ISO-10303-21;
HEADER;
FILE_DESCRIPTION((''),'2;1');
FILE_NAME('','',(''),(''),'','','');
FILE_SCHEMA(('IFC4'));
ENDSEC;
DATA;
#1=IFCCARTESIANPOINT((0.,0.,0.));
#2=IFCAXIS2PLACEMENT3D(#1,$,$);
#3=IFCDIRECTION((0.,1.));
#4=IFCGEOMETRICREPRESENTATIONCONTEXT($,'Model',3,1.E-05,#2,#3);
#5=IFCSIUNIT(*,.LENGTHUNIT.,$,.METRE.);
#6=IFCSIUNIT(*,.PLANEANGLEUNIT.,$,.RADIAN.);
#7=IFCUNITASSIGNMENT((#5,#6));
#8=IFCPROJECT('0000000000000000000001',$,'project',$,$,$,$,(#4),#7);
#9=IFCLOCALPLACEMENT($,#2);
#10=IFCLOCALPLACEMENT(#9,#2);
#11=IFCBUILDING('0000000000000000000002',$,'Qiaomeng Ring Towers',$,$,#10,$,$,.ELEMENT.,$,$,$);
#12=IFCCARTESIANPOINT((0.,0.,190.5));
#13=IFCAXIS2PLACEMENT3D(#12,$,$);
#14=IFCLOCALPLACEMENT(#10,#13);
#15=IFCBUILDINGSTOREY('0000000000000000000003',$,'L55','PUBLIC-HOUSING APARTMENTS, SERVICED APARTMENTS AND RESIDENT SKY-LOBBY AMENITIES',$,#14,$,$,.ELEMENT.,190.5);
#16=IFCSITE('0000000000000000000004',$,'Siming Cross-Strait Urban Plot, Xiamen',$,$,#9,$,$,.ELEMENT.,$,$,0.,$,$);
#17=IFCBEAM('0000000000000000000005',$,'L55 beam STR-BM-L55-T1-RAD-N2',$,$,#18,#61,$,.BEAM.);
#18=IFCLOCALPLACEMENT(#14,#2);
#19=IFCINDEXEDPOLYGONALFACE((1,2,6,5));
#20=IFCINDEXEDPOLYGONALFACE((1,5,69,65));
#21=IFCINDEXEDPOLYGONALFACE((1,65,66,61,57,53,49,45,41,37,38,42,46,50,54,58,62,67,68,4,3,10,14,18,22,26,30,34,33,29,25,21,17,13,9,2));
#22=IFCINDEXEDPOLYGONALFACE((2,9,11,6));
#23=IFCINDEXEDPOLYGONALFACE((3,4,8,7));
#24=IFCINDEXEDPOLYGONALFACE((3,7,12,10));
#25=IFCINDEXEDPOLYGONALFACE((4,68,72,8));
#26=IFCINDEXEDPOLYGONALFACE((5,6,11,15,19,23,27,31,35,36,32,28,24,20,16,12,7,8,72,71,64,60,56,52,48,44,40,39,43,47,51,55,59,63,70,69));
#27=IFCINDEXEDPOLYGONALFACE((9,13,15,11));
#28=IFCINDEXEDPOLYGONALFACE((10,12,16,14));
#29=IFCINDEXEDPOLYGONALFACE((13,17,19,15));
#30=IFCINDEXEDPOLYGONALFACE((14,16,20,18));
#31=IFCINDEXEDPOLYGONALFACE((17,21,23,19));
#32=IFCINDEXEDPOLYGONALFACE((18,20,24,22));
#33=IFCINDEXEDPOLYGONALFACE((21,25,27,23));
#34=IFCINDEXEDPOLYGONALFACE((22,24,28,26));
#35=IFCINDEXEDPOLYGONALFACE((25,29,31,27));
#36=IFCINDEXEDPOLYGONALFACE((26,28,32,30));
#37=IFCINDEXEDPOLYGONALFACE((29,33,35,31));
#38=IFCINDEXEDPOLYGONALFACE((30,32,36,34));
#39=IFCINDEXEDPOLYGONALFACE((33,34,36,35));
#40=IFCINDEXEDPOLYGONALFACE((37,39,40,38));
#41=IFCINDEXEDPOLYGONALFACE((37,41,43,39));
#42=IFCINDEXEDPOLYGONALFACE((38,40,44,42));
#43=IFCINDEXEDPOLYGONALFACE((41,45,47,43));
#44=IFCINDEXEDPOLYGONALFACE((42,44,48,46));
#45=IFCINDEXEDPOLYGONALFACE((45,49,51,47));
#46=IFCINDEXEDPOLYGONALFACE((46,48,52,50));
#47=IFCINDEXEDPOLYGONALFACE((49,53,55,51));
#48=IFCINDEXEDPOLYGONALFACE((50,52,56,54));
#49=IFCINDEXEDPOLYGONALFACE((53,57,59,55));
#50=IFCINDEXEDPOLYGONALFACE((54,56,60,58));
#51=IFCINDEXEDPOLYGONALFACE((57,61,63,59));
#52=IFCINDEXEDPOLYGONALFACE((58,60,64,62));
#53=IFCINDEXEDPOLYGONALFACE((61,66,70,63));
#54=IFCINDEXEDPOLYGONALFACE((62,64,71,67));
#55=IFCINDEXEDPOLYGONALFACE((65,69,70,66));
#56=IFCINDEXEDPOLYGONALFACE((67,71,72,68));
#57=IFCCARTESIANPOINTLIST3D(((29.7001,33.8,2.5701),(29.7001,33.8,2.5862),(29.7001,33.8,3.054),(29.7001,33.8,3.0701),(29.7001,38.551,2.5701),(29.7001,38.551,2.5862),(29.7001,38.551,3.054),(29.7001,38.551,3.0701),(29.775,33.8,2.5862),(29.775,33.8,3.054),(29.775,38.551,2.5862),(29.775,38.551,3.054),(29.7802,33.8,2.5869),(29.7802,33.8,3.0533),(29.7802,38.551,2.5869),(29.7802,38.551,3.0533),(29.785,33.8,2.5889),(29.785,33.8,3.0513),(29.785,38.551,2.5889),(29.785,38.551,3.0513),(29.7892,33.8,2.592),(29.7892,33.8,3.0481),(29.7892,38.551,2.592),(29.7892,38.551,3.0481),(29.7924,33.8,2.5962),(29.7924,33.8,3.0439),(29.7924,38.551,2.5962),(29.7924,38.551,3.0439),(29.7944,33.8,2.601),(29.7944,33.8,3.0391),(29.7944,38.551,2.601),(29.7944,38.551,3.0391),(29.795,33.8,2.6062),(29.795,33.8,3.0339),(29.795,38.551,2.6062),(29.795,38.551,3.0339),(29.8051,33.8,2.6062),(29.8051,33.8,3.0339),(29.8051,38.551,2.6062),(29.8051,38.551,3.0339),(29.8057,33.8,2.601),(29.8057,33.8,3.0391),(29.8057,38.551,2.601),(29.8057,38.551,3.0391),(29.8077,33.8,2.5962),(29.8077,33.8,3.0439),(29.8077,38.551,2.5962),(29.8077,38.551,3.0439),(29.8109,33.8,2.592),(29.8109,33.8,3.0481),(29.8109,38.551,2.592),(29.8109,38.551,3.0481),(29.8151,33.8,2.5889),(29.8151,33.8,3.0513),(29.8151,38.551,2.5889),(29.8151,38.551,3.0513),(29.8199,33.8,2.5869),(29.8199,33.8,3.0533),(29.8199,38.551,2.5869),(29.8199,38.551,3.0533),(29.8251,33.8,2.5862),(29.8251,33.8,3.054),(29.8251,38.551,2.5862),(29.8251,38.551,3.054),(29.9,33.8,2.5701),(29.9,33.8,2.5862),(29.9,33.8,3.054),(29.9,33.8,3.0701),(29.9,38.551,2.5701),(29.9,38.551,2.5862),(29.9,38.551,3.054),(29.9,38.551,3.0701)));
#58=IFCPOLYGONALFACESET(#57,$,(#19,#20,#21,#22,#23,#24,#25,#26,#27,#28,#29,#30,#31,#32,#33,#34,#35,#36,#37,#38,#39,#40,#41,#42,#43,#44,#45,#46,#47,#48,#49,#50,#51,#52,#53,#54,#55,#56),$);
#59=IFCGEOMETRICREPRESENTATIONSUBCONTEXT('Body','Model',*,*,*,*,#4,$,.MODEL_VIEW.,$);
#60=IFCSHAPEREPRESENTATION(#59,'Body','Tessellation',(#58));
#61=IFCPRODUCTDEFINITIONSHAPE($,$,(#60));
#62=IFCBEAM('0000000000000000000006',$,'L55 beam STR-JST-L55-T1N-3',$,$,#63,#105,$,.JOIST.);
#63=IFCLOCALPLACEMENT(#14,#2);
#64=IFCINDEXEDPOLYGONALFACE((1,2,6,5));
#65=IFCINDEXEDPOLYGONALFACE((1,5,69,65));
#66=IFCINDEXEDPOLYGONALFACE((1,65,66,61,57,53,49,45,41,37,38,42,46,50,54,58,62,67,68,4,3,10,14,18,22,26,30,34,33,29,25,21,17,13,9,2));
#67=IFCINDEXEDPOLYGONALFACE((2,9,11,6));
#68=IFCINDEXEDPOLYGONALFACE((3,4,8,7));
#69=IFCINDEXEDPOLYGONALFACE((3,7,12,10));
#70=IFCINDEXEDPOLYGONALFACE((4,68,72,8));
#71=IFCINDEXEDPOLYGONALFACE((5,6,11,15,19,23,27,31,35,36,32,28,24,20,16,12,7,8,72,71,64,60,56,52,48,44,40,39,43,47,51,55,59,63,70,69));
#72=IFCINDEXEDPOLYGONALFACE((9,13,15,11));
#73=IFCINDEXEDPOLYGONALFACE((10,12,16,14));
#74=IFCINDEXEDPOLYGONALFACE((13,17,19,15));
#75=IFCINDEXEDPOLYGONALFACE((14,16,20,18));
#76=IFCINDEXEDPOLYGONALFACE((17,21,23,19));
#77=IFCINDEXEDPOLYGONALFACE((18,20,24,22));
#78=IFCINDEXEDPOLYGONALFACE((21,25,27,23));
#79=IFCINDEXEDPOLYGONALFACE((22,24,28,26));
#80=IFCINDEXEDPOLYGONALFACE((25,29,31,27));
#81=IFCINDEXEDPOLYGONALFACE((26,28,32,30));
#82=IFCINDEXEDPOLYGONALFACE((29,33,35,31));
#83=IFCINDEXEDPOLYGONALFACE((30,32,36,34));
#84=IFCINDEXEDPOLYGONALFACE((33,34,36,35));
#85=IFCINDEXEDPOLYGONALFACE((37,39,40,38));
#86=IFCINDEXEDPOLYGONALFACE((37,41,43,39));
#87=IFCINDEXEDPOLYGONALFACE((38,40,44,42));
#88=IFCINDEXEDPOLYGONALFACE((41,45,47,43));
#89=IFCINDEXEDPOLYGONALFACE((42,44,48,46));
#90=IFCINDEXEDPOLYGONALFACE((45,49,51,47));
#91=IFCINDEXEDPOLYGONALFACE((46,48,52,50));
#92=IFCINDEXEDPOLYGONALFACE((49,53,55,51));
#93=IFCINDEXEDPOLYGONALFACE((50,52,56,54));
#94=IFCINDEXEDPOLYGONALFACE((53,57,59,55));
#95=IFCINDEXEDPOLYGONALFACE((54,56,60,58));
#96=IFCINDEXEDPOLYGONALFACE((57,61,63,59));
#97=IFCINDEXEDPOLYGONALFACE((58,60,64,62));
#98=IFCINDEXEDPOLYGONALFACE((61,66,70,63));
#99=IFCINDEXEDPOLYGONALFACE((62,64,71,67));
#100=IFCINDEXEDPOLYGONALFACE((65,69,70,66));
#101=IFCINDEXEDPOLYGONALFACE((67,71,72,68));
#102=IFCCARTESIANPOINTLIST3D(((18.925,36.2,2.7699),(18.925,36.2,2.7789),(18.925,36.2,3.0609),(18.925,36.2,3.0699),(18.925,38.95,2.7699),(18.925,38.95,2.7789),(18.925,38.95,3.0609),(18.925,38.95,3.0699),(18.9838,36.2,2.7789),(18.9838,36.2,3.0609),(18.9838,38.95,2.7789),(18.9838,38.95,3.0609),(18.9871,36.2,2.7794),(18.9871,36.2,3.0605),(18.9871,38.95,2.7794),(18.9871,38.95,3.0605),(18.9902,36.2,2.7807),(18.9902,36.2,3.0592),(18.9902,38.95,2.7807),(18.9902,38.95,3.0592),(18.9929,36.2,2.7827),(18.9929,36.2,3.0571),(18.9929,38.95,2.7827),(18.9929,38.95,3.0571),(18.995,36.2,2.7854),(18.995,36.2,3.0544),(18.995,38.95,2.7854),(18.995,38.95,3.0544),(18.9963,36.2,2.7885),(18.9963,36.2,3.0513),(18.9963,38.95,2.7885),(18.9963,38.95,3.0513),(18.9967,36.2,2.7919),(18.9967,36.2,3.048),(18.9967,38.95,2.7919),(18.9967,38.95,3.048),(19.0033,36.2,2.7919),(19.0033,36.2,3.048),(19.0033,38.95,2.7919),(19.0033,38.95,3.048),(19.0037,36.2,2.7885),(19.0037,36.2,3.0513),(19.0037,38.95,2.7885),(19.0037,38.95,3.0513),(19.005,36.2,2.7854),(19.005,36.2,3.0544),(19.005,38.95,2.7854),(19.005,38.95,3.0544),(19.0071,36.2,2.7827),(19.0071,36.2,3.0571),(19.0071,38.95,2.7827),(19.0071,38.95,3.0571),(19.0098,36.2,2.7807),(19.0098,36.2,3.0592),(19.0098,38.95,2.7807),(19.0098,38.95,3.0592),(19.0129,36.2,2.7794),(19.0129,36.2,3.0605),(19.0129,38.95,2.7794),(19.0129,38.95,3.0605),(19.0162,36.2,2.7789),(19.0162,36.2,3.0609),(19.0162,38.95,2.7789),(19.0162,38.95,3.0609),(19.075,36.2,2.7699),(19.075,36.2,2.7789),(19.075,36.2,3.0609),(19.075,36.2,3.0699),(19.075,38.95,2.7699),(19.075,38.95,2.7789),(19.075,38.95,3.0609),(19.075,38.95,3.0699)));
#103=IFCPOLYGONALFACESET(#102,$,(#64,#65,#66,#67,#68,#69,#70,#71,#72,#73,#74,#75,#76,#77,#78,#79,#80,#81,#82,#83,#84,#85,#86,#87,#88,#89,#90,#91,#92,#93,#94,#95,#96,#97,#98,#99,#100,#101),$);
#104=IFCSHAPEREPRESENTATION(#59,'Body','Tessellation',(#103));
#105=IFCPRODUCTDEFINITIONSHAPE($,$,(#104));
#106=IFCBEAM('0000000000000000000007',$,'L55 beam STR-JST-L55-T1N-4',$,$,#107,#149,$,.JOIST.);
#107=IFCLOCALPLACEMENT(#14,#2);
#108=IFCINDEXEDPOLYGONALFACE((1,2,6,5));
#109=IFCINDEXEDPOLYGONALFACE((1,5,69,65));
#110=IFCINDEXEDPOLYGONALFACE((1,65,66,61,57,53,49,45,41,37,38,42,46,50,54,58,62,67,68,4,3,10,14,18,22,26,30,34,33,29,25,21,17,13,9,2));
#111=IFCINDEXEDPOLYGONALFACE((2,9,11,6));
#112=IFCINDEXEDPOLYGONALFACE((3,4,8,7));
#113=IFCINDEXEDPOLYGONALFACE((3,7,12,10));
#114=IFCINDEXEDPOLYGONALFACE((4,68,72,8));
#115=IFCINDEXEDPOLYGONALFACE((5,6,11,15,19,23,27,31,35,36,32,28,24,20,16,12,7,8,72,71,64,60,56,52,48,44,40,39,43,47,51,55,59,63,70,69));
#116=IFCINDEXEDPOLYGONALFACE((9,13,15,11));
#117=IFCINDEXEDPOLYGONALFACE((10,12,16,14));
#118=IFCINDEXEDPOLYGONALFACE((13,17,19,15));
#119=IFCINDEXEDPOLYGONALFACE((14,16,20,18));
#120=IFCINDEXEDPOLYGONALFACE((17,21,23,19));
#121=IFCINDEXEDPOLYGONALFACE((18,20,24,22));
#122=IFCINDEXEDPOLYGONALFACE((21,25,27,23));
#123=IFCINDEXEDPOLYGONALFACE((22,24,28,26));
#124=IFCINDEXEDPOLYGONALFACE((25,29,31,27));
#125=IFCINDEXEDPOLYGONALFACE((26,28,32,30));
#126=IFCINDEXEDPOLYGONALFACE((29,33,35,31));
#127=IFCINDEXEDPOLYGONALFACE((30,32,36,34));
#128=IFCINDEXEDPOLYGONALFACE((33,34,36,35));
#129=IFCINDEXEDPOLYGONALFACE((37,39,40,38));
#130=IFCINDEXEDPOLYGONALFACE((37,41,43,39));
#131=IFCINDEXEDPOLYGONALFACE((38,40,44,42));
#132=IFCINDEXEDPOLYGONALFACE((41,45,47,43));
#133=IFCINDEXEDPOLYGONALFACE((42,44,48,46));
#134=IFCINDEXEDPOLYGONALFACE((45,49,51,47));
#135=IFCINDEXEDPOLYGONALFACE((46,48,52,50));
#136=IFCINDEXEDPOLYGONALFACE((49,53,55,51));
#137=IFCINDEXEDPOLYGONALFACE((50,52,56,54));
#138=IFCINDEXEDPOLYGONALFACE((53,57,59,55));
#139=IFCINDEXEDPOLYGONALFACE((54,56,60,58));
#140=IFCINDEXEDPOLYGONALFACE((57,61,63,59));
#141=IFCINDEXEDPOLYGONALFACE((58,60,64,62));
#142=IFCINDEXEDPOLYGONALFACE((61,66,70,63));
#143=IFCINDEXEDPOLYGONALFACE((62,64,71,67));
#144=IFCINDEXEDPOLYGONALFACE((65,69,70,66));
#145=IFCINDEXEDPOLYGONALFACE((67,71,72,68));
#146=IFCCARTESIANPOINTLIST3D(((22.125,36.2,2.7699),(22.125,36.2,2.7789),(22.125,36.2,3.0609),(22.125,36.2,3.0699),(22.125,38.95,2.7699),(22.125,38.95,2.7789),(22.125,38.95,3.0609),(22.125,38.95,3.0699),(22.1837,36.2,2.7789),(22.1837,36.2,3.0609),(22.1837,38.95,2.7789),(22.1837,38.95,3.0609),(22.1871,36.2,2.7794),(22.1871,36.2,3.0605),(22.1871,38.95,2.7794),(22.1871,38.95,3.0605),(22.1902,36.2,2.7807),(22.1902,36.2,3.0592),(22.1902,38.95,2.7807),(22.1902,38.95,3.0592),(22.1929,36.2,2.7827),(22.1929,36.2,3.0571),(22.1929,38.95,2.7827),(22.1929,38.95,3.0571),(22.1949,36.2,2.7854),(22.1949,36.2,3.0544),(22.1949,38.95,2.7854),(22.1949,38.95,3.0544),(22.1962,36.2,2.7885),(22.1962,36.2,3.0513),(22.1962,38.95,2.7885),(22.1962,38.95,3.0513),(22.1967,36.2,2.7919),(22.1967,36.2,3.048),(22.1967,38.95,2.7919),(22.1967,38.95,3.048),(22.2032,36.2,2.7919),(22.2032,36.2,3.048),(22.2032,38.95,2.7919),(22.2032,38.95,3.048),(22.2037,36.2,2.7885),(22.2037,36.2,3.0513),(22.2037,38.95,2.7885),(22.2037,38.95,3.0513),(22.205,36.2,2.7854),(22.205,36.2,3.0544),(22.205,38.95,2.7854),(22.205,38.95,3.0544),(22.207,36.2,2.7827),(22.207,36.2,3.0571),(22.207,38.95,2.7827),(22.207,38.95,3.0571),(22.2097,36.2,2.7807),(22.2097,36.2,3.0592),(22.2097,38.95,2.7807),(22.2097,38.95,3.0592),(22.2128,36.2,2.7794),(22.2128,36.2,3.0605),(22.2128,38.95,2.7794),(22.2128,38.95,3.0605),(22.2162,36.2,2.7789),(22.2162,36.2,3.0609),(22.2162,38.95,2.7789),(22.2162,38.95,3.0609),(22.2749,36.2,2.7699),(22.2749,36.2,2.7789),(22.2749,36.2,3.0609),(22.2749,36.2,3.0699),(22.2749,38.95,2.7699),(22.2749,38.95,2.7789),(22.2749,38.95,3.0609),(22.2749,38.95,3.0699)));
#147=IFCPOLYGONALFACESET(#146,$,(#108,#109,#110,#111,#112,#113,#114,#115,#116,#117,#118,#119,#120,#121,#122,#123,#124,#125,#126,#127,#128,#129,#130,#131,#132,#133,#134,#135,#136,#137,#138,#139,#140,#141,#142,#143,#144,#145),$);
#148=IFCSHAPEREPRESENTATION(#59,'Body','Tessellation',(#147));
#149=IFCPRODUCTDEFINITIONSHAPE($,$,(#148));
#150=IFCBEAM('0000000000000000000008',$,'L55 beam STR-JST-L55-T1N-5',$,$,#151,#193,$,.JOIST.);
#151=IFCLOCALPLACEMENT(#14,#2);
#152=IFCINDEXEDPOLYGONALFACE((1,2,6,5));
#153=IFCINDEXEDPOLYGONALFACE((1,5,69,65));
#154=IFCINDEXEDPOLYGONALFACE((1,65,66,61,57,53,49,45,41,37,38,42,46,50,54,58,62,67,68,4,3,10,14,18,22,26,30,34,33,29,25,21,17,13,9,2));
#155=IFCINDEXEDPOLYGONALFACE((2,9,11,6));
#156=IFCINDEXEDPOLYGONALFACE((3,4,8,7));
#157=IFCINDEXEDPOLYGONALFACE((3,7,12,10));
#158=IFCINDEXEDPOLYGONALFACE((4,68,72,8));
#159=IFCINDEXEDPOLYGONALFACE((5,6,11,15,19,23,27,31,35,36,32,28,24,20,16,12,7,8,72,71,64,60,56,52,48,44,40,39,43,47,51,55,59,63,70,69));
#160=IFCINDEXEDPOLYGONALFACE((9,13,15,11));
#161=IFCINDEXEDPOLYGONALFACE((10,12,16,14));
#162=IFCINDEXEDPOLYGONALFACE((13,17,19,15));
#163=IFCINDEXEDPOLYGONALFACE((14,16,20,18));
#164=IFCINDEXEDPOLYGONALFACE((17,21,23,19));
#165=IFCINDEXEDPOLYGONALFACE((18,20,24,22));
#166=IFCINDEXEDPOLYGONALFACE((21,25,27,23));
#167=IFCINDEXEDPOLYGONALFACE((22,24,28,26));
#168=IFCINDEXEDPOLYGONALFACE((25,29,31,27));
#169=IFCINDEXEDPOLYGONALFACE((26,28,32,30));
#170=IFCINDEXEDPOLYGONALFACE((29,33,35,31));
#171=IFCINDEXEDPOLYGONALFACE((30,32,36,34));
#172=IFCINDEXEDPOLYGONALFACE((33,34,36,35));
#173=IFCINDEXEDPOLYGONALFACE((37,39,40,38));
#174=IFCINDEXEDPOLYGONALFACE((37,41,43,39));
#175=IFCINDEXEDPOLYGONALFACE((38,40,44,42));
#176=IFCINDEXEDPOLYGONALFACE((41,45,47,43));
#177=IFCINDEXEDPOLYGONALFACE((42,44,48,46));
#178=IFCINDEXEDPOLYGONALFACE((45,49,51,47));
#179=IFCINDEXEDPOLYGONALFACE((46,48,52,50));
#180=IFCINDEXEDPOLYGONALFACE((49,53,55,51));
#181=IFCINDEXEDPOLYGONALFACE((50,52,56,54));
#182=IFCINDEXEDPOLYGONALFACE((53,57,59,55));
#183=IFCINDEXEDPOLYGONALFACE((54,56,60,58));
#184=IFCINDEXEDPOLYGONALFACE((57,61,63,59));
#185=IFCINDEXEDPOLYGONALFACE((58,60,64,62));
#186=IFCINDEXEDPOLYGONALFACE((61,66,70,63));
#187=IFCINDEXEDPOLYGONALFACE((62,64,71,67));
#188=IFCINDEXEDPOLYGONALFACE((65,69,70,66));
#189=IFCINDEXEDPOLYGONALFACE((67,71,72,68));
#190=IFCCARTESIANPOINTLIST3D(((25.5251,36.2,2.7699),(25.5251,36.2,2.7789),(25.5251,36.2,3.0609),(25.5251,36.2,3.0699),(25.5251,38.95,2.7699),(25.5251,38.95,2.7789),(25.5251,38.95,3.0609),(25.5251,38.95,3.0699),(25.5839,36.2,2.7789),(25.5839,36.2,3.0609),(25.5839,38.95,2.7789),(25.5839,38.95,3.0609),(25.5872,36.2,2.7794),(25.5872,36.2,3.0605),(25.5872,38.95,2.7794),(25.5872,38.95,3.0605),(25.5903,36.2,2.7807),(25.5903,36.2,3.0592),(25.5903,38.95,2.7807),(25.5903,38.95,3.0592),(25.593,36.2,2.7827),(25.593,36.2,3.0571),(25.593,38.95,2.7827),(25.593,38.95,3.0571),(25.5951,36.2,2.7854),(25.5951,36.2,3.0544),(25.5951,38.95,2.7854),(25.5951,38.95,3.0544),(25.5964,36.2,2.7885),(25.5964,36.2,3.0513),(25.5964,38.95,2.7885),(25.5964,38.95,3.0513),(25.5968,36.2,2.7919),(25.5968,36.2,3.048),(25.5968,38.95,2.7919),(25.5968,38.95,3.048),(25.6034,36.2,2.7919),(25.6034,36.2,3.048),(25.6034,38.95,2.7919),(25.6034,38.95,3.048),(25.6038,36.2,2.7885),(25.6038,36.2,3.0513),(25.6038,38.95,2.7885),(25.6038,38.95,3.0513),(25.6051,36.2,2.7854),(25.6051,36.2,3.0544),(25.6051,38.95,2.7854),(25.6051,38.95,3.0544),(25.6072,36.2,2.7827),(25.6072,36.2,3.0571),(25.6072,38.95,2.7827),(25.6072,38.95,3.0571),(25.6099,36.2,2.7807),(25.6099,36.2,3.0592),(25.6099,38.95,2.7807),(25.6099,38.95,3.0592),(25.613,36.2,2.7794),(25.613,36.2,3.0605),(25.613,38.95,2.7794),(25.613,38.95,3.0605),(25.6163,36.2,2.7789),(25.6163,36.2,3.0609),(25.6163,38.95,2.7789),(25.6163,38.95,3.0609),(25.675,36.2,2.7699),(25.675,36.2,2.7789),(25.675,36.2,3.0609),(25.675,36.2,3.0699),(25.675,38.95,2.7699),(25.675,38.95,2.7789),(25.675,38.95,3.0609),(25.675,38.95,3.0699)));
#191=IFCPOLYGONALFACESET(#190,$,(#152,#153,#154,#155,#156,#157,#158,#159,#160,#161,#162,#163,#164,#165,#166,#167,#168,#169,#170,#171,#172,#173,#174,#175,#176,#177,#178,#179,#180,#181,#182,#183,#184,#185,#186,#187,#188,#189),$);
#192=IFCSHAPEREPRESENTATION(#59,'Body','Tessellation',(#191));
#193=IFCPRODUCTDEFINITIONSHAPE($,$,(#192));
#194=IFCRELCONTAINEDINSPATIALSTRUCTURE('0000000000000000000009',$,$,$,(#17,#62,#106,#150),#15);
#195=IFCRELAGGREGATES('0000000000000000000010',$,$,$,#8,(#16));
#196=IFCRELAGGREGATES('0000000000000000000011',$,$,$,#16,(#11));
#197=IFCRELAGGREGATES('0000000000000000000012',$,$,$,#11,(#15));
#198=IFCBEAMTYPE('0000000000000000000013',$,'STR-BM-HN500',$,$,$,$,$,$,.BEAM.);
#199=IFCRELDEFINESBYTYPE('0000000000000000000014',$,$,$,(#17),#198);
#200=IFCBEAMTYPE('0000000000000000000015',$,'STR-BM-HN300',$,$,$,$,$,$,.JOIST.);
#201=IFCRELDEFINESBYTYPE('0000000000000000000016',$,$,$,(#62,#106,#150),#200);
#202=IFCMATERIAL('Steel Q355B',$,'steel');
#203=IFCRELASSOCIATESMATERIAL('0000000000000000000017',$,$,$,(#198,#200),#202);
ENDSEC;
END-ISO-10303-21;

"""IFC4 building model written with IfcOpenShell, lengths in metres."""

from ifc_helpers import new_model, si_unit, direction, frame, origin, origin_2d, place, context, subcontext, project, spatial, i_section, extrude, source, transform, mapped, material, material_profile, profile_set, type_object, element, save


model = new_model("IFC4")

# Units and contexts
model_context = context("Model", 3, precision=1e-05, world=origin(), true_north=direction((0.0, 1.0)))
body_context = subcontext(model_context, "Body", "Model", "MODEL_VIEW")
ifc_project = project(units=[si_unit("LENGTHUNIT", "METRE"), si_unit("PLANEANGLEUNIT", "RADIAN")], contexts=[model_context])

# Site, building, storey
site_placement = place(None, origin())
site = spatial("IfcSite", under=ifc_project, at=site_placement, Name="Siming Cross-Strait Urban Plot, Xiamen", CompositionType="ELEMENT", RefElevation=0.0)
building_placement = place(site_placement, origin())
building = spatial("IfcBuilding", under=site, at=building_placement, Name="Qiaomeng Ring Towers", CompositionType="ELEMENT")
storey_placement = place(building_placement, frame((0.0, 0.0, 190.5)))
storey = spatial("IfcBuildingStorey", under=building, at=storey_placement, Name="L55", Description="PUBLIC-HOUSING APARTMENTS, SERVICED APARTMENTS AND RESIDENT SKY-LOBBY AMENITIES", CompositionType="ELEMENT", Elevation=190.5)

# Beams
ifc_material_1 = material(Name="Steel Q355B", Category="steel")
ifc_material_profile_1 = material_profile(ifc_material_1, i_section(OverallWidth=0.2, OverallDepth=0.5, WebThickness=0.01, FlangeThickness=0.0161, FilletRadius=0.02, at=origin_2d()), Name="HN 500x200x10x16")
ifc_profile_set_1 = profile_set([ifc_material_profile_1], Name="Steel Q355B")
beam_type_1 = type_object("IfcBeamType", Name="STR-BM-HN500", PredefinedType="BEAM", material=ifc_profile_set_1)
shared_shape_1 = source(origin(), body_context, "Body", "SweptSolid", [
    extrude(i_section(OverallWidth=0.2, OverallDepth=0.5, WebThickness=0.01, FlangeThickness=0.0161, FilletRadius=0.02, at=origin_2d()), origin(), (0.0, 0.0, 1.0), 4.751),
])
beam_1_placement = place(storey_placement, frame((29.8, 38.551, 2.8201), z_axis=(0.0, -1.0, 0.0), x_axis=(1.0, 0.0, 0.0)))
element("IfcBeam", 1, at=beam_1_placement, inside=storey, type_object=beam_type_1, Name="L55 beam STR-BM-L55-T1-RAD-N2", PredefinedType="BEAM", context=body_context, shape_type="MappedRepresentation", body=[
    mapped(shared_shape_1, transform((0.0, 0.0, 0.0), x_axis=(1.0, 0.0, 0.0), y_axis=(0.0, 1.0, 0.0), z_axis=(0.0, 0.0, 1.0), scale=1.0)),
])
ifc_material_profile_2 = material_profile(ifc_material_1, i_section(OverallWidth=0.1499, OverallDepth=0.3, WebThickness=0.0066, FlangeThickness=0.009, FilletRadius=0.0129, at=origin_2d()), Name="HN 300x150x6.5x9")
ifc_profile_set_2 = profile_set([ifc_material_profile_2], Name="Steel Q355B")
beam_type_2 = type_object("IfcBeamType", Name="STR-BM-HN300", PredefinedType="JOIST", material=ifc_profile_set_2)
shared_shape_2 = source(origin(), body_context, "Body", "SweptSolid", [
    extrude(i_section(OverallWidth=0.1499, OverallDepth=0.3, WebThickness=0.0066, FlangeThickness=0.009, FilletRadius=0.0129, at=origin_2d()), origin(), (0.0, 0.0, 1.0), 2.75),
])
for number, where, z_axis, x_axis, name in (
    (2, (19.0, 36.2, 2.9199), (0.0, 1.0, 0.0), (-1.0, 0.0, 0.0), "L55 beam STR-JST-L55-T1N-3"),
    (3, (22.2, 36.2, 2.9199), (0.0, 1.0, 0.0), (-1.0, 0.0, 0.0), "L55 beam STR-JST-L55-T1N-4"),
    (4, (25.6001, 36.2, 2.9199), (0.0, 1.0, 0.0), (-1.0, 0.0, 0.0), "L55 beam STR-JST-L55-T1N-5"),
):
    element("IfcBeam", number, at=place(storey_placement, frame(where, z_axis=z_axis, x_axis=x_axis)), inside=storey, type_object=beam_type_2, Name=name, PredefinedType="JOIST", context=body_context, shape_type="MappedRepresentation", body=[
        mapped(shared_shape_2, transform((0.0, 0.0, 0.0), x_axis=(1.0, 0.0, 0.0), y_axis=(0.0, 1.0, 0.0), z_axis=(0.0, 0.0, 1.0), scale=1.0)),
    ])

save(model, "model.ifc")
